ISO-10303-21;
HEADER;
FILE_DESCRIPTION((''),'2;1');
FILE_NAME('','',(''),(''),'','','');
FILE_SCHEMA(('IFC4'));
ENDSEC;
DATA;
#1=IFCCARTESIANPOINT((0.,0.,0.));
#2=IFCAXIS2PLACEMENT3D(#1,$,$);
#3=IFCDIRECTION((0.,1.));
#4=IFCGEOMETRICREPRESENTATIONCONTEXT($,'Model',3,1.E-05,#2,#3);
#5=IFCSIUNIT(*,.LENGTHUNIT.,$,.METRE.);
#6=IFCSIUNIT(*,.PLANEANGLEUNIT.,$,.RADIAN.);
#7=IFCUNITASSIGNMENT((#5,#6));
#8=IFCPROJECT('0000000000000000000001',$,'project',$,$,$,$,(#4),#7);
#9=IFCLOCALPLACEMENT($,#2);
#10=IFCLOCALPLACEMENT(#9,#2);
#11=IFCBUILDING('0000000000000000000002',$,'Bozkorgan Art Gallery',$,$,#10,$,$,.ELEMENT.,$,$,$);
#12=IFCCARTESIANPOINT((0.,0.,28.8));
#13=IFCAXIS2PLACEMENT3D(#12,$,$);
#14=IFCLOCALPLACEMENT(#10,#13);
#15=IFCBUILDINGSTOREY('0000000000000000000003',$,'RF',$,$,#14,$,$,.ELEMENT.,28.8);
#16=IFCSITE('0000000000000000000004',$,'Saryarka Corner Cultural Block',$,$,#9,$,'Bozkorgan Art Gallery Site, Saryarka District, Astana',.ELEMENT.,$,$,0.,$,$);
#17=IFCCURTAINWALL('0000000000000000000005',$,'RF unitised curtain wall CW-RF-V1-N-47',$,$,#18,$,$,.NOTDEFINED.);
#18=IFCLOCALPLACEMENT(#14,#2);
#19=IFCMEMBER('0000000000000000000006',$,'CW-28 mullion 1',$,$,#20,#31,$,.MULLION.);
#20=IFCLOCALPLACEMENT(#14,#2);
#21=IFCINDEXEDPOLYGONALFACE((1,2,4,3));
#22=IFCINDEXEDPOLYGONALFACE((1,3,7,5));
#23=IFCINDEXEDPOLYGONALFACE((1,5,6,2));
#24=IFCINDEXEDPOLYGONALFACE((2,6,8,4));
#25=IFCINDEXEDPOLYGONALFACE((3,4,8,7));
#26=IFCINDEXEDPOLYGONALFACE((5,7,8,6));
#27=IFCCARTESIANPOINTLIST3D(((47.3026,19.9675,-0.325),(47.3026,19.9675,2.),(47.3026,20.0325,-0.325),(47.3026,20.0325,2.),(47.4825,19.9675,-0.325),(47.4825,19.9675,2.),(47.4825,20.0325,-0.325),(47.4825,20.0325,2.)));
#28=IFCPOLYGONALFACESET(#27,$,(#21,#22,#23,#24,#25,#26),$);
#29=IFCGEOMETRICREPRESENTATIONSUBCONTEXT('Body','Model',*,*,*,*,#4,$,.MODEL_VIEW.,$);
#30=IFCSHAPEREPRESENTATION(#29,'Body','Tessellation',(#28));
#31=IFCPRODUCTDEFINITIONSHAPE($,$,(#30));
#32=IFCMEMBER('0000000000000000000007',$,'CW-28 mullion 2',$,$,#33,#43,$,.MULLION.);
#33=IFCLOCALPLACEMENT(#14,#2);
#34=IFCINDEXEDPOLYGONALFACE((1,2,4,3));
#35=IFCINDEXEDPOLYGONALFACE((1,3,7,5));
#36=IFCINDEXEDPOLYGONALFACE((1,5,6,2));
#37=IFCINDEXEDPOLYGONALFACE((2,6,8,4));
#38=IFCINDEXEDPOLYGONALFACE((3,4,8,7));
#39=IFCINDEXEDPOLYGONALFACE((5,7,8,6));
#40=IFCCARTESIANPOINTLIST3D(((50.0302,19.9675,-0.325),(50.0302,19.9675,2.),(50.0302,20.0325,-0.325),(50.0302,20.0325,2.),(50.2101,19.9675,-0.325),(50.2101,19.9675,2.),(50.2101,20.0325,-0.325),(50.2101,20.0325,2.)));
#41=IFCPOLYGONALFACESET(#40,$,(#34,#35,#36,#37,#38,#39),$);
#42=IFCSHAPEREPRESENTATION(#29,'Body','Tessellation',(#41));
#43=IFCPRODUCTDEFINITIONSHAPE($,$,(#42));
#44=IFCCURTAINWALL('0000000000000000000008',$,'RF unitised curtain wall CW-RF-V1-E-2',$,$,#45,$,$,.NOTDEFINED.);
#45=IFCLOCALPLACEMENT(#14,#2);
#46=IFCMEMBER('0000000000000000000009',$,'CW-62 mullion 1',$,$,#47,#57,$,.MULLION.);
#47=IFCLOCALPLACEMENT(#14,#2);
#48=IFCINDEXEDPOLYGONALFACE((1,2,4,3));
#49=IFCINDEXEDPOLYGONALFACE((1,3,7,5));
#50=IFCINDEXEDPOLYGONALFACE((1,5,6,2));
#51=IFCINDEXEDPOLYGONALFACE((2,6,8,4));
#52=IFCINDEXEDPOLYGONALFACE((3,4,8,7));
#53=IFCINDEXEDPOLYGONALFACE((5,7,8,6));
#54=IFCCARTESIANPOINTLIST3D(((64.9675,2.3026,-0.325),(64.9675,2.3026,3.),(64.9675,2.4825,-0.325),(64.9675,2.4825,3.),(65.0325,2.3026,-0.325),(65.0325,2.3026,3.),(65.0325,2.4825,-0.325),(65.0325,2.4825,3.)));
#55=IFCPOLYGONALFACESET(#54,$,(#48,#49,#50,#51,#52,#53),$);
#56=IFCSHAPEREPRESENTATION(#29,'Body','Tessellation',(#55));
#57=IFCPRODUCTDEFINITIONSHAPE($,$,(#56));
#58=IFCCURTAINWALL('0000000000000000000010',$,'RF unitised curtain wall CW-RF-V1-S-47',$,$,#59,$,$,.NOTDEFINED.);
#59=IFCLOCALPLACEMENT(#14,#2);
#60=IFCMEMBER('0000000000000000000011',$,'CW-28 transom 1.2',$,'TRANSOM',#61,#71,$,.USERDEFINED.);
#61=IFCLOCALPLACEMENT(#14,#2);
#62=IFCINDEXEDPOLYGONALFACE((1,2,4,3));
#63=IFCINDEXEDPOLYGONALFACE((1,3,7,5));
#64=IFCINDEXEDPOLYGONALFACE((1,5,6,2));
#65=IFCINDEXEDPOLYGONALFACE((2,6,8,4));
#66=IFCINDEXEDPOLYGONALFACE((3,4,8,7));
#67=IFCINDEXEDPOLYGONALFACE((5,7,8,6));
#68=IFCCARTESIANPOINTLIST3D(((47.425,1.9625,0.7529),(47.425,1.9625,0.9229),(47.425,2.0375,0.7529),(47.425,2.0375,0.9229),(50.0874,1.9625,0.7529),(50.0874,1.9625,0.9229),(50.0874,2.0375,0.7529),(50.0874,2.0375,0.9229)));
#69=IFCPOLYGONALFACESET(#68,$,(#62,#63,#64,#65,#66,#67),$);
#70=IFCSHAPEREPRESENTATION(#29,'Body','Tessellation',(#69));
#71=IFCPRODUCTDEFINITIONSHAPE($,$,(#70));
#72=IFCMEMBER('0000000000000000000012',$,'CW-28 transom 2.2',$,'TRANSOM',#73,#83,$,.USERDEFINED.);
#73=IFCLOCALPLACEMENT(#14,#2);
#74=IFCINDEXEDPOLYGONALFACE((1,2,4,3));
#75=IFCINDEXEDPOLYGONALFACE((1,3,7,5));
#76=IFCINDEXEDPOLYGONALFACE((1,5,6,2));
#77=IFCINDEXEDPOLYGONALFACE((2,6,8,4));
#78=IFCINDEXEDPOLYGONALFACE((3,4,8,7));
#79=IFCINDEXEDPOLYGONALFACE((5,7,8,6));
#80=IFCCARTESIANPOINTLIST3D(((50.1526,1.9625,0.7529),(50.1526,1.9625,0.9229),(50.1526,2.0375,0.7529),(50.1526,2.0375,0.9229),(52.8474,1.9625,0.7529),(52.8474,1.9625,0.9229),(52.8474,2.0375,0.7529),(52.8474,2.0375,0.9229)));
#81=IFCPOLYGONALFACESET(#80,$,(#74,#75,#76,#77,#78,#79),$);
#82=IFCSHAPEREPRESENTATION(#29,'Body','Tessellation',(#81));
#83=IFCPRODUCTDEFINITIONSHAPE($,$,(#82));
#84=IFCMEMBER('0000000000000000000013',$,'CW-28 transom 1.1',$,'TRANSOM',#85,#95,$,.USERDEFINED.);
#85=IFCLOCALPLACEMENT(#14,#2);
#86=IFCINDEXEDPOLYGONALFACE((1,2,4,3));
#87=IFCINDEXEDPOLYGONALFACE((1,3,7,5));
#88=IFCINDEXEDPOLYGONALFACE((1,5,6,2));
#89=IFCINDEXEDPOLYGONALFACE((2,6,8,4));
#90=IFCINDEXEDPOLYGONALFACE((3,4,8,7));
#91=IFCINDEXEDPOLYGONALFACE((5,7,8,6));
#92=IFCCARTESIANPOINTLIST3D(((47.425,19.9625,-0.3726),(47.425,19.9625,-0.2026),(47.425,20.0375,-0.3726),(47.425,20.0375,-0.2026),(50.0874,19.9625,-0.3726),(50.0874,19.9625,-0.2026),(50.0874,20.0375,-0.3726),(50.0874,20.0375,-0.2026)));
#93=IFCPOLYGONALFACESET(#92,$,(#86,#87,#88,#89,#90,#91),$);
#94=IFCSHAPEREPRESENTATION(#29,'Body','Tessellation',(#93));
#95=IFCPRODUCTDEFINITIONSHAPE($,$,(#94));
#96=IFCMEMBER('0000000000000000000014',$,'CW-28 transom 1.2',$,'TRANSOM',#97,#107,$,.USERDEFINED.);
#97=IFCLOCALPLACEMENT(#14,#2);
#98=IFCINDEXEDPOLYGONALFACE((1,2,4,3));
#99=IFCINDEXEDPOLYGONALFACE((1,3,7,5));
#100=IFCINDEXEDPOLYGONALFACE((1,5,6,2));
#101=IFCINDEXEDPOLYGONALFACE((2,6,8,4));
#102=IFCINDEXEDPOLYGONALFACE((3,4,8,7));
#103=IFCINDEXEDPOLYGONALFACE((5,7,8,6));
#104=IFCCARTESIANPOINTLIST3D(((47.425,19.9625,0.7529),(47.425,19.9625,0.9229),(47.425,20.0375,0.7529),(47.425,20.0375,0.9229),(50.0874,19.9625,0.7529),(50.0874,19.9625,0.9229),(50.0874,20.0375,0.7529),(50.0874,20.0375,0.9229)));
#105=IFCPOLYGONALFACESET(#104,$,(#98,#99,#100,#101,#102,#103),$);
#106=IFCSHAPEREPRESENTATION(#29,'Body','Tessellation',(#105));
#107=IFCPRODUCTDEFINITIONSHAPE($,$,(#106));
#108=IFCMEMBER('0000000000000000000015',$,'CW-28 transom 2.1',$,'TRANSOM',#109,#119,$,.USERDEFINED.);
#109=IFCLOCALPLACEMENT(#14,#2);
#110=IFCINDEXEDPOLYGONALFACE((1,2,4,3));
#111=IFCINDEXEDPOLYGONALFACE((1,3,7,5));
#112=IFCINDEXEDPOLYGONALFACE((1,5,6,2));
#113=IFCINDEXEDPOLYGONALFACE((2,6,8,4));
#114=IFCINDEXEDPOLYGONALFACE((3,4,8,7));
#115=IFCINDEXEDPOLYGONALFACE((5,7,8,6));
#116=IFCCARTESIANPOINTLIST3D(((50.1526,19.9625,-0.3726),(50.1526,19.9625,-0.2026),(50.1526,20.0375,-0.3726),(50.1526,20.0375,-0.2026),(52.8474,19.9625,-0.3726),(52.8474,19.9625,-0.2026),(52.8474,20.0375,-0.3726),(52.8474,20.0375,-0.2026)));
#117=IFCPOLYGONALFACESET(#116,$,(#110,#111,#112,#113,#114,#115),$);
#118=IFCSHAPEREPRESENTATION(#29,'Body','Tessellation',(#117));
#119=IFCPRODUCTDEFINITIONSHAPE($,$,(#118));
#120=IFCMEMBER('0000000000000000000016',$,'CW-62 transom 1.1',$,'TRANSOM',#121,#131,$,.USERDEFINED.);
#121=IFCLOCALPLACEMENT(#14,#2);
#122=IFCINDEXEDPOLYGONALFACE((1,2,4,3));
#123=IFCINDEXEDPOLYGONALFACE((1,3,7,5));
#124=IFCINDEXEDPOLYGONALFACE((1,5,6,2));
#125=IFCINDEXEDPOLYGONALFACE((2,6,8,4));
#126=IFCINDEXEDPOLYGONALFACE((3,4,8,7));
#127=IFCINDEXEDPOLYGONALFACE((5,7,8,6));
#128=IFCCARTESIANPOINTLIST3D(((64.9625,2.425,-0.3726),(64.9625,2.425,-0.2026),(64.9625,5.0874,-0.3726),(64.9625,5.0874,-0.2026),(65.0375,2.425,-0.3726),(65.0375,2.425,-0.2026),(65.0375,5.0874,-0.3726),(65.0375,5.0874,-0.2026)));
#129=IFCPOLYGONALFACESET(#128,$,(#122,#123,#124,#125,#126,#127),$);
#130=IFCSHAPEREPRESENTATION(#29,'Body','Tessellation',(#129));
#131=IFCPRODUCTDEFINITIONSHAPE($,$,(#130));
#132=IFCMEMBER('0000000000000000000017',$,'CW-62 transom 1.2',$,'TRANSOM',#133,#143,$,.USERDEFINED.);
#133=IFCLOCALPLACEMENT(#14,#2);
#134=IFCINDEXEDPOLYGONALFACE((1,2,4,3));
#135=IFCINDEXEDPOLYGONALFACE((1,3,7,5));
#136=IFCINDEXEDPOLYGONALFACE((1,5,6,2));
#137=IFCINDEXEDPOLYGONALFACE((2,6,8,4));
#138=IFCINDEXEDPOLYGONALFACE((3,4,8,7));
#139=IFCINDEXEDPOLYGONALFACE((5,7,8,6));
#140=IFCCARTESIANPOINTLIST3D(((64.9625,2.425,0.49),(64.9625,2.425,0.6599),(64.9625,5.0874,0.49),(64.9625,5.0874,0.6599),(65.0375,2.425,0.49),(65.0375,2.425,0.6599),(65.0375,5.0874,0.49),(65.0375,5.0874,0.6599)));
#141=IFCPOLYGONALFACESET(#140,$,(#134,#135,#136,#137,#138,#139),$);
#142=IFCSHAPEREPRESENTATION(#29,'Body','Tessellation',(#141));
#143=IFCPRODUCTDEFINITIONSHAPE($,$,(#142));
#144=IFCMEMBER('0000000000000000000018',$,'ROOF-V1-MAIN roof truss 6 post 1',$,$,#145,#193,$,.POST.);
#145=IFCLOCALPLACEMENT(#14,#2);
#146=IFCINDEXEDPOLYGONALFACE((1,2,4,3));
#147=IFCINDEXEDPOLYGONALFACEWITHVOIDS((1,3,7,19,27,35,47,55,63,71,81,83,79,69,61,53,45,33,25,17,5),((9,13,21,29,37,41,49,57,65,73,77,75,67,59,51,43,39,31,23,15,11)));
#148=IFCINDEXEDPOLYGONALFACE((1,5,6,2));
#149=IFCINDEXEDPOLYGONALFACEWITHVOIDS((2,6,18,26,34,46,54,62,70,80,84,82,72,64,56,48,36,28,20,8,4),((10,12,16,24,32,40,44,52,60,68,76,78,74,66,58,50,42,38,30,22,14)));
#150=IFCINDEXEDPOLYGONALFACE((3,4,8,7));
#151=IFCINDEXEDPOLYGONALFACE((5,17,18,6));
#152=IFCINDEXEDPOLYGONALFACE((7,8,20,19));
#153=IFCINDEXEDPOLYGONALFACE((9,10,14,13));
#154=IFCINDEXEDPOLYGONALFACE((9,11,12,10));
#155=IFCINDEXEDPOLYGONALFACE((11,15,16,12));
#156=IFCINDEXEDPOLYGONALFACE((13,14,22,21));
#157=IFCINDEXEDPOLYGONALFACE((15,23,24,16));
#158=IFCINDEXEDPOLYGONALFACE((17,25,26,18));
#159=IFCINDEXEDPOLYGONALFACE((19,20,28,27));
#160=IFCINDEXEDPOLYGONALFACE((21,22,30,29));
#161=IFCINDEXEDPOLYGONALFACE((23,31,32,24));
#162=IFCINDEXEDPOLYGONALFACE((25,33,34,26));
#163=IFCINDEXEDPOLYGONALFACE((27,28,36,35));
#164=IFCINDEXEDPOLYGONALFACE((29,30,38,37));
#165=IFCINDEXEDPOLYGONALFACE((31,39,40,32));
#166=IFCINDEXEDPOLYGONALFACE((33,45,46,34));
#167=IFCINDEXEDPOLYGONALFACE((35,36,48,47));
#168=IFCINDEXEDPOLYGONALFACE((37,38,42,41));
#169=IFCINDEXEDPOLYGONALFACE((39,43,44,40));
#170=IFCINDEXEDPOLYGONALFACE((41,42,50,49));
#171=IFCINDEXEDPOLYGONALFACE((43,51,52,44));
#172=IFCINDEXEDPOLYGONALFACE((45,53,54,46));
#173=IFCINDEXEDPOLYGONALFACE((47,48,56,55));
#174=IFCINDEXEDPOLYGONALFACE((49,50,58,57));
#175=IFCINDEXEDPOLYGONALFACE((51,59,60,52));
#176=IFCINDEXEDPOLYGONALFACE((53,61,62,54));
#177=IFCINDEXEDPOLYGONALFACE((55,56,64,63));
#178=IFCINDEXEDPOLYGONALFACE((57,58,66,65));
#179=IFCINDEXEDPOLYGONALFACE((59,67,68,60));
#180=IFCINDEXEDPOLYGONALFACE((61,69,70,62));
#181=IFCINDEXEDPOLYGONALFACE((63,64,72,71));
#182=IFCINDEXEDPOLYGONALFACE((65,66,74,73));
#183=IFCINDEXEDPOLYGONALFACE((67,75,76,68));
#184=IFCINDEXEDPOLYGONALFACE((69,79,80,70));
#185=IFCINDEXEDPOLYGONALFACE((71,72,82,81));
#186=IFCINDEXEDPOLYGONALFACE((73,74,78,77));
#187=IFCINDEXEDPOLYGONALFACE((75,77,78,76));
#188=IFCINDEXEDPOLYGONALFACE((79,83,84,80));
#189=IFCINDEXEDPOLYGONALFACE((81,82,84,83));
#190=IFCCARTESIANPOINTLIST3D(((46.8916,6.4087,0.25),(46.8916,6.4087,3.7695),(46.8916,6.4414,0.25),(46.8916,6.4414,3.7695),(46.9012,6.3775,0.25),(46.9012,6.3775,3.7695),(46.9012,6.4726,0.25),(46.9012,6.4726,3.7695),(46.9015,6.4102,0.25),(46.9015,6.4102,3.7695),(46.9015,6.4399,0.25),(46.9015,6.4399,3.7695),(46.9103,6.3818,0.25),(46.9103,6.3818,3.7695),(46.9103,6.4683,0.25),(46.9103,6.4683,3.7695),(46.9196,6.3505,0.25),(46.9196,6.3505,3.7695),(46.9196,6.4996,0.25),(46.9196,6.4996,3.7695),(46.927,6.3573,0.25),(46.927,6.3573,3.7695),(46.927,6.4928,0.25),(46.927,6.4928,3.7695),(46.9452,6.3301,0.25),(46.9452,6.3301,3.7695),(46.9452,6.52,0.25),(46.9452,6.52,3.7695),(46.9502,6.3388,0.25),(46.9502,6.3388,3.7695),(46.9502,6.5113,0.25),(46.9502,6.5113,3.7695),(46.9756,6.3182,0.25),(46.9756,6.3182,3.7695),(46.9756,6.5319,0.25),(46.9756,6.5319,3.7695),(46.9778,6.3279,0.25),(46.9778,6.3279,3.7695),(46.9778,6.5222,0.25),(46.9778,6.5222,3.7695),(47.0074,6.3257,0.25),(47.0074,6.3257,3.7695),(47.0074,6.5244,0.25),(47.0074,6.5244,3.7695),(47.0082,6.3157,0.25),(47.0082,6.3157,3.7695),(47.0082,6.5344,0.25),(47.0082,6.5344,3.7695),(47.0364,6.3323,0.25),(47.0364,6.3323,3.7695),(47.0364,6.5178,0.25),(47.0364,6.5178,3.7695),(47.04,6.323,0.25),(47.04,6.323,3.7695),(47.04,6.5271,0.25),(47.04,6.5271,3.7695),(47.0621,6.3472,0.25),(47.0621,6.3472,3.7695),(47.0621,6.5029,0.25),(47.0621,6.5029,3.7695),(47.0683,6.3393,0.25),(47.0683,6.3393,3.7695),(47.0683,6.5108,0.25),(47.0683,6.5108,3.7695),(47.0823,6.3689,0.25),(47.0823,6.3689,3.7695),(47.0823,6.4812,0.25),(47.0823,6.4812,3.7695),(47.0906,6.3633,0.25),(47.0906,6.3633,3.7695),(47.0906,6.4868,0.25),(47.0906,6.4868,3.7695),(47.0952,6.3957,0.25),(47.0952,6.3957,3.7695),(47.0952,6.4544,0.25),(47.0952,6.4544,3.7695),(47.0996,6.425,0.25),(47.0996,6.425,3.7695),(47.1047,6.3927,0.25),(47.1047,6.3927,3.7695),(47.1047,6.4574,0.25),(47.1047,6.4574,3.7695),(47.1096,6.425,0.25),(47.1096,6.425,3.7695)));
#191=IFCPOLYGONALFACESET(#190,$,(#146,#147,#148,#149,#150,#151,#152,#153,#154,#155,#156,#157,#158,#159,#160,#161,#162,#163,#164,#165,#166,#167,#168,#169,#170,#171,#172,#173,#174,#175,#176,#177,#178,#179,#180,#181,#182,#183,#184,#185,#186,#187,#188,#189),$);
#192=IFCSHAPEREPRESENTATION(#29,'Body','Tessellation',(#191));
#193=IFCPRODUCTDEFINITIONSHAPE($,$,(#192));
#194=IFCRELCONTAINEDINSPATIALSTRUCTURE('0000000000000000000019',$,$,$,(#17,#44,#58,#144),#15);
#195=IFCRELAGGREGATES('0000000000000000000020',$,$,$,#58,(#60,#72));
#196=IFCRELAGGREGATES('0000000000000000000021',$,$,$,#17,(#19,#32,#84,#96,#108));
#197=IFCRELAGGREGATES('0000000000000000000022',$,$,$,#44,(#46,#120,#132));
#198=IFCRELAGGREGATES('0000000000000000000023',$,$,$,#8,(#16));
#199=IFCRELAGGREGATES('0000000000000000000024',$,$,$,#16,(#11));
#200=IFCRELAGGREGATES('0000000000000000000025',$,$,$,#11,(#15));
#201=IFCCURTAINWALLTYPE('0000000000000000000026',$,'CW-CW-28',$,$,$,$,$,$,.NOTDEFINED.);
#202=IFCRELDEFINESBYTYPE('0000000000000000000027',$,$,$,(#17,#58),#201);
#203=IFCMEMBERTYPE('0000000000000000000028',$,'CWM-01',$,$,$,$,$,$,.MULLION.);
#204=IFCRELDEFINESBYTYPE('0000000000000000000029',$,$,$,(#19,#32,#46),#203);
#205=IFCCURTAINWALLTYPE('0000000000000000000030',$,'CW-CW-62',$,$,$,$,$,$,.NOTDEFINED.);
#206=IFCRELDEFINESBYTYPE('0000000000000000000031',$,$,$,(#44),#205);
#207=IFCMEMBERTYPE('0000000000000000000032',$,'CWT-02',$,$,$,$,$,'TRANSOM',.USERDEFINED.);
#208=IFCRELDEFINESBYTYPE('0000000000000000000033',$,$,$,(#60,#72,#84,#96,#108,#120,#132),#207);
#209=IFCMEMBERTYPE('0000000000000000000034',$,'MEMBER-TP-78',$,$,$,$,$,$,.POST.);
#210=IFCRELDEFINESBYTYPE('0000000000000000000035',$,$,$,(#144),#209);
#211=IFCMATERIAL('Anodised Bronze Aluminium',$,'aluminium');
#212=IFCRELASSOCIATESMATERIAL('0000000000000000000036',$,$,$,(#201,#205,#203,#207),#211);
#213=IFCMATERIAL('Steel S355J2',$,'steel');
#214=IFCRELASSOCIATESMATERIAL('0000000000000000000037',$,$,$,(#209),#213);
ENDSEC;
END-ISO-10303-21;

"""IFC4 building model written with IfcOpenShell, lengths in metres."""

from ifc_helpers import new_model, si_unit, direction, frame, origin, origin_2d, place, context, subcontext, project, spatial, rectangle, hollow_circle, extrude, material, material_profile, profile_set, type_object, element, aggregate, save


model = new_model("IFC4")

# Units and contexts
model_context = context("Model", 3, precision=1e-05, world=origin(), true_north=direction((0.0, 1.0)))
body_context = subcontext(model_context, "Body", "Model", "MODEL_VIEW")
ifc_project = project(units=[si_unit("LENGTHUNIT", "METRE"), si_unit("PLANEANGLEUNIT", "RADIAN")], contexts=[model_context])

# Site, building, storey
site_placement = place(None, origin())
site = spatial("IfcSite", under=ifc_project, at=site_placement, Name="Saryarka Corner Cultural Block", LongName="Bozkorgan Art Gallery Site, Saryarka District, Astana", CompositionType="ELEMENT", RefElevation=0.0)
building_placement = place(site_placement, origin())
building = spatial("IfcBuilding", under=site, at=building_placement, Name="Bozkorgan Art Gallery", CompositionType="ELEMENT")
storey_placement = place(building_placement, frame((0.0, 0.0, 28.8)))
storey = spatial("IfcBuildingStorey", under=building, at=storey_placement, Name="RF", CompositionType="ELEMENT", Elevation=28.8)

# Curtain wall, members
ifc_material_1 = material(Name="Anodised Bronze Aluminium", Category="aluminium")
curtain_wall_type_1 = type_object("IfcCurtainWallType", Name="CW-CW-28", PredefinedType="NOTDEFINED", material=ifc_material_1)
curtain_wall_1_placement = place(storey_placement, origin())
curtain_wall_1 = element("IfcCurtainWall", 1, at=curtain_wall_1_placement, inside=storey, type_object=curtain_wall_type_1, Name="RF unitised curtain wall CW-RF-V1-N-47", PredefinedType="NOTDEFINED")
ifc_material_profile_1 = material_profile(ifc_material_1, rectangle(XDim=0.0649, YDim=0.1799, at=origin_2d()), Name="ALU MULLION 65x180")
ifc_profile_set_1 = profile_set([ifc_material_profile_1], Name="Anodised Bronze Aluminium")
member_type_1 = type_object("IfcMemberType", Name="CWM-01", PredefinedType="MULLION", material=ifc_profile_set_1)
member_1_placement = place(storey_placement, frame((47.3926, 20.0, -0.325), z_axis=(0.0, 0.0, 1.0), x_axis=(0.0, 1.0, 0.0)))
member_1 = element("IfcMember", 2, at=member_1_placement, type_object=member_type_1, Name="CW-28 mullion 1", PredefinedType="MULLION", context=body_context, shape_type="SweptSolid", body=[
    extrude(rectangle(XDim=0.0649, YDim=0.1799, at=origin_2d()), origin(), (0.0, 0.0, 1.0), 2.325),
])
member_2_placement = place(storey_placement, frame((50.1201, 20.0, -0.325), z_axis=(0.0, 0.0, 1.0), x_axis=(0.0, 1.0, 0.0)))
member_2 = element("IfcMember", 3, at=member_2_placement, type_object=member_type_1, Name="CW-28 mullion 2", PredefinedType="MULLION", context=body_context, shape_type="SweptSolid", body=[
    extrude(rectangle(XDim=0.0649, YDim=0.1799, at=origin_2d()), origin(), (0.0, 0.0, 1.0), 2.325),
])

# Curtain wall, member
curtain_wall_type_2 = type_object("IfcCurtainWallType", Name="CW-CW-62", PredefinedType="NOTDEFINED", material=ifc_material_1)
curtain_wall_2_placement = place(storey_placement, origin())
curtain_wall_2 = element("IfcCurtainWall", 4, at=curtain_wall_2_placement, inside=storey, type_object=curtain_wall_type_2, Name="RF unitised curtain wall CW-RF-V1-E-2", PredefinedType="NOTDEFINED")
member_3_placement = place(storey_placement, frame((65.0, 2.3926, -0.325), z_axis=(0.0, 0.0, 1.0), x_axis=(-1.0, 0.0, 0.0)))
member_3 = element("IfcMember", 5, at=member_3_placement, type_object=member_type_1, Name="CW-62 mullion 1", PredefinedType="MULLION", context=body_context, shape_type="SweptSolid", body=[
    extrude(rectangle(XDim=0.0649, YDim=0.1799, at=origin_2d()), origin(), (0.0, 0.0, 1.0), 3.325),
])

# Curtain wall, members
curtain_wall_3_placement = place(storey_placement, origin())
curtain_wall_3 = element("IfcCurtainWall", 6, at=curtain_wall_3_placement, inside=storey, type_object=curtain_wall_type_1, Name="RF unitised curtain wall CW-RF-V1-S-47", PredefinedType="NOTDEFINED")
ifc_material_profile_2 = material_profile(ifc_material_1, rectangle(XDim=0.075, YDim=0.1699, at=origin_2d()), Name="ALU TRANSOM 75x170")
ifc_profile_set_2 = profile_set([ifc_material_profile_2], Name="Anodised Bronze Aluminium")
member_type_2 = type_object("IfcMemberType", Name="CWT-02", ElementType="TRANSOM", PredefinedType="USERDEFINED", material=ifc_profile_set_2)
member_4_placement = place(storey_placement, frame((47.425, 2.0, 0.8379), z_axis=(1.0, 0.0, 0.0), x_axis=(0.0, 1.0, 0.0)))
member_4 = element("IfcMember", 7, at=member_4_placement, type_object=member_type_2, Name="CW-28 transom 1.2", ObjectType="TRANSOM", PredefinedType="USERDEFINED", context=body_context, shape_type="SweptSolid", body=[
    extrude(rectangle(XDim=0.075, YDim=0.1699, at=origin_2d()), origin(), (0.0, 0.0, 1.0), 2.6624),
])
member_5_placement = place(storey_placement, frame((50.1526, 2.0, 0.8379), z_axis=(1.0, 0.0, 0.0), x_axis=(0.0, 1.0, 0.0)))
member_5 = element("IfcMember", 8, at=member_5_placement, type_object=member_type_2, Name="CW-28 transom 2.2", ObjectType="TRANSOM", PredefinedType="USERDEFINED", context=body_context, shape_type="SweptSolid", body=[
    extrude(rectangle(XDim=0.075, YDim=0.1699, at=origin_2d()), origin(), (0.0, 0.0, 1.0), 2.6948),
])
aggregate(curtain_wall_3, [member_4, member_5])

# Members
member_6_placement = place(storey_placement, frame((47.425, 20.0, -0.2876), z_axis=(1.0, 0.0, 0.0), x_axis=(0.0, 1.0, 0.0)))
member_6 = element("IfcMember", 9, at=member_6_placement, type_object=member_type_2, Name="CW-28 transom 1.1", ObjectType="TRANSOM", PredefinedType="USERDEFINED", context=body_context, shape_type="SweptSolid", body=[
    extrude(rectangle(XDim=0.075, YDim=0.1699, at=origin_2d()), origin(), (0.0, 0.0, 1.0), 2.6624),
])
member_7_placement = place(storey_placement, frame((47.425, 20.0, 0.8379), z_axis=(1.0, 0.0, 0.0), x_axis=(0.0, 1.0, 0.0)))
member_7 = element("IfcMember", 10, at=member_7_placement, type_object=member_type_2, Name="CW-28 transom 1.2", ObjectType="TRANSOM", PredefinedType="USERDEFINED", context=body_context, shape_type="SweptSolid", body=[
    extrude(rectangle(XDim=0.075, YDim=0.1699, at=origin_2d()), origin(), (0.0, 0.0, 1.0), 2.6624),
])
member_8_placement = place(storey_placement, frame((50.1526, 20.0, -0.2876), z_axis=(1.0, 0.0, 0.0), x_axis=(0.0, 1.0, 0.0)))
member_8 = element("IfcMember", 11, at=member_8_placement, type_object=member_type_2, Name="CW-28 transom 2.1", ObjectType="TRANSOM", PredefinedType="USERDEFINED", context=body_context, shape_type="SweptSolid", body=[
    extrude(rectangle(XDim=0.075, YDim=0.1699, at=origin_2d()), origin(), (0.0, 0.0, 1.0), 2.6948),
])
member_9_placement = place(storey_placement, frame((65.0, 2.425, -0.2876), z_axis=(0.0, 1.0, 0.0), x_axis=(-1.0, 0.0, 0.0)))
member_9 = element("IfcMember", 12, at=member_9_placement, type_object=member_type_2, Name="CW-62 transom 1.1", ObjectType="TRANSOM", PredefinedType="USERDEFINED", context=body_context, shape_type="SweptSolid", body=[
    extrude(rectangle(XDim=0.075, YDim=0.1699, at=origin_2d()), origin(), (0.0, 0.0, 1.0), 2.6624),
])
member_10_placement = place(storey_placement, frame((65.0, 2.425, 0.575), z_axis=(0.0, 1.0, 0.0), x_axis=(-1.0, 0.0, 0.0)))
member_10 = element("IfcMember", 13, at=member_10_placement, type_object=member_type_2, Name="CW-62 transom 1.2", ObjectType="TRANSOM", PredefinedType="USERDEFINED", context=body_context, shape_type="SweptSolid", body=[
    extrude(rectangle(XDim=0.075, YDim=0.1699, at=origin_2d()), origin(), (0.0, 0.0, 1.0), 2.6624),
])

# Member
ifc_material_2 = material(Name="Steel S355J2", Category="steel")
ifc_material_profile_3 = material_profile(ifc_material_2, hollow_circle(Radius=0.1096, WallThickness=0.01, at=origin_2d()), Name="CHS 219.1x10")
ifc_profile_set_3 = profile_set([ifc_material_profile_3], Name="Steel S355J2")
member_type_3 = type_object("IfcMemberType", Name="MEMBER-TP-78", PredefinedType="POST", material=ifc_profile_set_3)
member_11_placement = place(storey_placement, frame((47.0, 6.425, 0.25), z_axis=(0.0, 0.0, 1.0), x_axis=(1.0, 0.0, 0.0)))
element("IfcMember", 14, at=member_11_placement, inside=storey, type_object=member_type_3, Name="ROOF-V1-MAIN roof truss 6 post 1", PredefinedType="POST", context=body_context, shape_type="SweptSolid", body=[
    extrude(hollow_circle(Radius=0.1096, WallThickness=0.01, at=origin_2d()), origin(), (0.0, 0.0, 1.0), 3.5195),
])

aggregate(curtain_wall_1, [member_1, member_2, member_6, member_7, member_8])

aggregate(curtain_wall_2, [member_3, member_9, member_10])

save(model, "model.ifc")
